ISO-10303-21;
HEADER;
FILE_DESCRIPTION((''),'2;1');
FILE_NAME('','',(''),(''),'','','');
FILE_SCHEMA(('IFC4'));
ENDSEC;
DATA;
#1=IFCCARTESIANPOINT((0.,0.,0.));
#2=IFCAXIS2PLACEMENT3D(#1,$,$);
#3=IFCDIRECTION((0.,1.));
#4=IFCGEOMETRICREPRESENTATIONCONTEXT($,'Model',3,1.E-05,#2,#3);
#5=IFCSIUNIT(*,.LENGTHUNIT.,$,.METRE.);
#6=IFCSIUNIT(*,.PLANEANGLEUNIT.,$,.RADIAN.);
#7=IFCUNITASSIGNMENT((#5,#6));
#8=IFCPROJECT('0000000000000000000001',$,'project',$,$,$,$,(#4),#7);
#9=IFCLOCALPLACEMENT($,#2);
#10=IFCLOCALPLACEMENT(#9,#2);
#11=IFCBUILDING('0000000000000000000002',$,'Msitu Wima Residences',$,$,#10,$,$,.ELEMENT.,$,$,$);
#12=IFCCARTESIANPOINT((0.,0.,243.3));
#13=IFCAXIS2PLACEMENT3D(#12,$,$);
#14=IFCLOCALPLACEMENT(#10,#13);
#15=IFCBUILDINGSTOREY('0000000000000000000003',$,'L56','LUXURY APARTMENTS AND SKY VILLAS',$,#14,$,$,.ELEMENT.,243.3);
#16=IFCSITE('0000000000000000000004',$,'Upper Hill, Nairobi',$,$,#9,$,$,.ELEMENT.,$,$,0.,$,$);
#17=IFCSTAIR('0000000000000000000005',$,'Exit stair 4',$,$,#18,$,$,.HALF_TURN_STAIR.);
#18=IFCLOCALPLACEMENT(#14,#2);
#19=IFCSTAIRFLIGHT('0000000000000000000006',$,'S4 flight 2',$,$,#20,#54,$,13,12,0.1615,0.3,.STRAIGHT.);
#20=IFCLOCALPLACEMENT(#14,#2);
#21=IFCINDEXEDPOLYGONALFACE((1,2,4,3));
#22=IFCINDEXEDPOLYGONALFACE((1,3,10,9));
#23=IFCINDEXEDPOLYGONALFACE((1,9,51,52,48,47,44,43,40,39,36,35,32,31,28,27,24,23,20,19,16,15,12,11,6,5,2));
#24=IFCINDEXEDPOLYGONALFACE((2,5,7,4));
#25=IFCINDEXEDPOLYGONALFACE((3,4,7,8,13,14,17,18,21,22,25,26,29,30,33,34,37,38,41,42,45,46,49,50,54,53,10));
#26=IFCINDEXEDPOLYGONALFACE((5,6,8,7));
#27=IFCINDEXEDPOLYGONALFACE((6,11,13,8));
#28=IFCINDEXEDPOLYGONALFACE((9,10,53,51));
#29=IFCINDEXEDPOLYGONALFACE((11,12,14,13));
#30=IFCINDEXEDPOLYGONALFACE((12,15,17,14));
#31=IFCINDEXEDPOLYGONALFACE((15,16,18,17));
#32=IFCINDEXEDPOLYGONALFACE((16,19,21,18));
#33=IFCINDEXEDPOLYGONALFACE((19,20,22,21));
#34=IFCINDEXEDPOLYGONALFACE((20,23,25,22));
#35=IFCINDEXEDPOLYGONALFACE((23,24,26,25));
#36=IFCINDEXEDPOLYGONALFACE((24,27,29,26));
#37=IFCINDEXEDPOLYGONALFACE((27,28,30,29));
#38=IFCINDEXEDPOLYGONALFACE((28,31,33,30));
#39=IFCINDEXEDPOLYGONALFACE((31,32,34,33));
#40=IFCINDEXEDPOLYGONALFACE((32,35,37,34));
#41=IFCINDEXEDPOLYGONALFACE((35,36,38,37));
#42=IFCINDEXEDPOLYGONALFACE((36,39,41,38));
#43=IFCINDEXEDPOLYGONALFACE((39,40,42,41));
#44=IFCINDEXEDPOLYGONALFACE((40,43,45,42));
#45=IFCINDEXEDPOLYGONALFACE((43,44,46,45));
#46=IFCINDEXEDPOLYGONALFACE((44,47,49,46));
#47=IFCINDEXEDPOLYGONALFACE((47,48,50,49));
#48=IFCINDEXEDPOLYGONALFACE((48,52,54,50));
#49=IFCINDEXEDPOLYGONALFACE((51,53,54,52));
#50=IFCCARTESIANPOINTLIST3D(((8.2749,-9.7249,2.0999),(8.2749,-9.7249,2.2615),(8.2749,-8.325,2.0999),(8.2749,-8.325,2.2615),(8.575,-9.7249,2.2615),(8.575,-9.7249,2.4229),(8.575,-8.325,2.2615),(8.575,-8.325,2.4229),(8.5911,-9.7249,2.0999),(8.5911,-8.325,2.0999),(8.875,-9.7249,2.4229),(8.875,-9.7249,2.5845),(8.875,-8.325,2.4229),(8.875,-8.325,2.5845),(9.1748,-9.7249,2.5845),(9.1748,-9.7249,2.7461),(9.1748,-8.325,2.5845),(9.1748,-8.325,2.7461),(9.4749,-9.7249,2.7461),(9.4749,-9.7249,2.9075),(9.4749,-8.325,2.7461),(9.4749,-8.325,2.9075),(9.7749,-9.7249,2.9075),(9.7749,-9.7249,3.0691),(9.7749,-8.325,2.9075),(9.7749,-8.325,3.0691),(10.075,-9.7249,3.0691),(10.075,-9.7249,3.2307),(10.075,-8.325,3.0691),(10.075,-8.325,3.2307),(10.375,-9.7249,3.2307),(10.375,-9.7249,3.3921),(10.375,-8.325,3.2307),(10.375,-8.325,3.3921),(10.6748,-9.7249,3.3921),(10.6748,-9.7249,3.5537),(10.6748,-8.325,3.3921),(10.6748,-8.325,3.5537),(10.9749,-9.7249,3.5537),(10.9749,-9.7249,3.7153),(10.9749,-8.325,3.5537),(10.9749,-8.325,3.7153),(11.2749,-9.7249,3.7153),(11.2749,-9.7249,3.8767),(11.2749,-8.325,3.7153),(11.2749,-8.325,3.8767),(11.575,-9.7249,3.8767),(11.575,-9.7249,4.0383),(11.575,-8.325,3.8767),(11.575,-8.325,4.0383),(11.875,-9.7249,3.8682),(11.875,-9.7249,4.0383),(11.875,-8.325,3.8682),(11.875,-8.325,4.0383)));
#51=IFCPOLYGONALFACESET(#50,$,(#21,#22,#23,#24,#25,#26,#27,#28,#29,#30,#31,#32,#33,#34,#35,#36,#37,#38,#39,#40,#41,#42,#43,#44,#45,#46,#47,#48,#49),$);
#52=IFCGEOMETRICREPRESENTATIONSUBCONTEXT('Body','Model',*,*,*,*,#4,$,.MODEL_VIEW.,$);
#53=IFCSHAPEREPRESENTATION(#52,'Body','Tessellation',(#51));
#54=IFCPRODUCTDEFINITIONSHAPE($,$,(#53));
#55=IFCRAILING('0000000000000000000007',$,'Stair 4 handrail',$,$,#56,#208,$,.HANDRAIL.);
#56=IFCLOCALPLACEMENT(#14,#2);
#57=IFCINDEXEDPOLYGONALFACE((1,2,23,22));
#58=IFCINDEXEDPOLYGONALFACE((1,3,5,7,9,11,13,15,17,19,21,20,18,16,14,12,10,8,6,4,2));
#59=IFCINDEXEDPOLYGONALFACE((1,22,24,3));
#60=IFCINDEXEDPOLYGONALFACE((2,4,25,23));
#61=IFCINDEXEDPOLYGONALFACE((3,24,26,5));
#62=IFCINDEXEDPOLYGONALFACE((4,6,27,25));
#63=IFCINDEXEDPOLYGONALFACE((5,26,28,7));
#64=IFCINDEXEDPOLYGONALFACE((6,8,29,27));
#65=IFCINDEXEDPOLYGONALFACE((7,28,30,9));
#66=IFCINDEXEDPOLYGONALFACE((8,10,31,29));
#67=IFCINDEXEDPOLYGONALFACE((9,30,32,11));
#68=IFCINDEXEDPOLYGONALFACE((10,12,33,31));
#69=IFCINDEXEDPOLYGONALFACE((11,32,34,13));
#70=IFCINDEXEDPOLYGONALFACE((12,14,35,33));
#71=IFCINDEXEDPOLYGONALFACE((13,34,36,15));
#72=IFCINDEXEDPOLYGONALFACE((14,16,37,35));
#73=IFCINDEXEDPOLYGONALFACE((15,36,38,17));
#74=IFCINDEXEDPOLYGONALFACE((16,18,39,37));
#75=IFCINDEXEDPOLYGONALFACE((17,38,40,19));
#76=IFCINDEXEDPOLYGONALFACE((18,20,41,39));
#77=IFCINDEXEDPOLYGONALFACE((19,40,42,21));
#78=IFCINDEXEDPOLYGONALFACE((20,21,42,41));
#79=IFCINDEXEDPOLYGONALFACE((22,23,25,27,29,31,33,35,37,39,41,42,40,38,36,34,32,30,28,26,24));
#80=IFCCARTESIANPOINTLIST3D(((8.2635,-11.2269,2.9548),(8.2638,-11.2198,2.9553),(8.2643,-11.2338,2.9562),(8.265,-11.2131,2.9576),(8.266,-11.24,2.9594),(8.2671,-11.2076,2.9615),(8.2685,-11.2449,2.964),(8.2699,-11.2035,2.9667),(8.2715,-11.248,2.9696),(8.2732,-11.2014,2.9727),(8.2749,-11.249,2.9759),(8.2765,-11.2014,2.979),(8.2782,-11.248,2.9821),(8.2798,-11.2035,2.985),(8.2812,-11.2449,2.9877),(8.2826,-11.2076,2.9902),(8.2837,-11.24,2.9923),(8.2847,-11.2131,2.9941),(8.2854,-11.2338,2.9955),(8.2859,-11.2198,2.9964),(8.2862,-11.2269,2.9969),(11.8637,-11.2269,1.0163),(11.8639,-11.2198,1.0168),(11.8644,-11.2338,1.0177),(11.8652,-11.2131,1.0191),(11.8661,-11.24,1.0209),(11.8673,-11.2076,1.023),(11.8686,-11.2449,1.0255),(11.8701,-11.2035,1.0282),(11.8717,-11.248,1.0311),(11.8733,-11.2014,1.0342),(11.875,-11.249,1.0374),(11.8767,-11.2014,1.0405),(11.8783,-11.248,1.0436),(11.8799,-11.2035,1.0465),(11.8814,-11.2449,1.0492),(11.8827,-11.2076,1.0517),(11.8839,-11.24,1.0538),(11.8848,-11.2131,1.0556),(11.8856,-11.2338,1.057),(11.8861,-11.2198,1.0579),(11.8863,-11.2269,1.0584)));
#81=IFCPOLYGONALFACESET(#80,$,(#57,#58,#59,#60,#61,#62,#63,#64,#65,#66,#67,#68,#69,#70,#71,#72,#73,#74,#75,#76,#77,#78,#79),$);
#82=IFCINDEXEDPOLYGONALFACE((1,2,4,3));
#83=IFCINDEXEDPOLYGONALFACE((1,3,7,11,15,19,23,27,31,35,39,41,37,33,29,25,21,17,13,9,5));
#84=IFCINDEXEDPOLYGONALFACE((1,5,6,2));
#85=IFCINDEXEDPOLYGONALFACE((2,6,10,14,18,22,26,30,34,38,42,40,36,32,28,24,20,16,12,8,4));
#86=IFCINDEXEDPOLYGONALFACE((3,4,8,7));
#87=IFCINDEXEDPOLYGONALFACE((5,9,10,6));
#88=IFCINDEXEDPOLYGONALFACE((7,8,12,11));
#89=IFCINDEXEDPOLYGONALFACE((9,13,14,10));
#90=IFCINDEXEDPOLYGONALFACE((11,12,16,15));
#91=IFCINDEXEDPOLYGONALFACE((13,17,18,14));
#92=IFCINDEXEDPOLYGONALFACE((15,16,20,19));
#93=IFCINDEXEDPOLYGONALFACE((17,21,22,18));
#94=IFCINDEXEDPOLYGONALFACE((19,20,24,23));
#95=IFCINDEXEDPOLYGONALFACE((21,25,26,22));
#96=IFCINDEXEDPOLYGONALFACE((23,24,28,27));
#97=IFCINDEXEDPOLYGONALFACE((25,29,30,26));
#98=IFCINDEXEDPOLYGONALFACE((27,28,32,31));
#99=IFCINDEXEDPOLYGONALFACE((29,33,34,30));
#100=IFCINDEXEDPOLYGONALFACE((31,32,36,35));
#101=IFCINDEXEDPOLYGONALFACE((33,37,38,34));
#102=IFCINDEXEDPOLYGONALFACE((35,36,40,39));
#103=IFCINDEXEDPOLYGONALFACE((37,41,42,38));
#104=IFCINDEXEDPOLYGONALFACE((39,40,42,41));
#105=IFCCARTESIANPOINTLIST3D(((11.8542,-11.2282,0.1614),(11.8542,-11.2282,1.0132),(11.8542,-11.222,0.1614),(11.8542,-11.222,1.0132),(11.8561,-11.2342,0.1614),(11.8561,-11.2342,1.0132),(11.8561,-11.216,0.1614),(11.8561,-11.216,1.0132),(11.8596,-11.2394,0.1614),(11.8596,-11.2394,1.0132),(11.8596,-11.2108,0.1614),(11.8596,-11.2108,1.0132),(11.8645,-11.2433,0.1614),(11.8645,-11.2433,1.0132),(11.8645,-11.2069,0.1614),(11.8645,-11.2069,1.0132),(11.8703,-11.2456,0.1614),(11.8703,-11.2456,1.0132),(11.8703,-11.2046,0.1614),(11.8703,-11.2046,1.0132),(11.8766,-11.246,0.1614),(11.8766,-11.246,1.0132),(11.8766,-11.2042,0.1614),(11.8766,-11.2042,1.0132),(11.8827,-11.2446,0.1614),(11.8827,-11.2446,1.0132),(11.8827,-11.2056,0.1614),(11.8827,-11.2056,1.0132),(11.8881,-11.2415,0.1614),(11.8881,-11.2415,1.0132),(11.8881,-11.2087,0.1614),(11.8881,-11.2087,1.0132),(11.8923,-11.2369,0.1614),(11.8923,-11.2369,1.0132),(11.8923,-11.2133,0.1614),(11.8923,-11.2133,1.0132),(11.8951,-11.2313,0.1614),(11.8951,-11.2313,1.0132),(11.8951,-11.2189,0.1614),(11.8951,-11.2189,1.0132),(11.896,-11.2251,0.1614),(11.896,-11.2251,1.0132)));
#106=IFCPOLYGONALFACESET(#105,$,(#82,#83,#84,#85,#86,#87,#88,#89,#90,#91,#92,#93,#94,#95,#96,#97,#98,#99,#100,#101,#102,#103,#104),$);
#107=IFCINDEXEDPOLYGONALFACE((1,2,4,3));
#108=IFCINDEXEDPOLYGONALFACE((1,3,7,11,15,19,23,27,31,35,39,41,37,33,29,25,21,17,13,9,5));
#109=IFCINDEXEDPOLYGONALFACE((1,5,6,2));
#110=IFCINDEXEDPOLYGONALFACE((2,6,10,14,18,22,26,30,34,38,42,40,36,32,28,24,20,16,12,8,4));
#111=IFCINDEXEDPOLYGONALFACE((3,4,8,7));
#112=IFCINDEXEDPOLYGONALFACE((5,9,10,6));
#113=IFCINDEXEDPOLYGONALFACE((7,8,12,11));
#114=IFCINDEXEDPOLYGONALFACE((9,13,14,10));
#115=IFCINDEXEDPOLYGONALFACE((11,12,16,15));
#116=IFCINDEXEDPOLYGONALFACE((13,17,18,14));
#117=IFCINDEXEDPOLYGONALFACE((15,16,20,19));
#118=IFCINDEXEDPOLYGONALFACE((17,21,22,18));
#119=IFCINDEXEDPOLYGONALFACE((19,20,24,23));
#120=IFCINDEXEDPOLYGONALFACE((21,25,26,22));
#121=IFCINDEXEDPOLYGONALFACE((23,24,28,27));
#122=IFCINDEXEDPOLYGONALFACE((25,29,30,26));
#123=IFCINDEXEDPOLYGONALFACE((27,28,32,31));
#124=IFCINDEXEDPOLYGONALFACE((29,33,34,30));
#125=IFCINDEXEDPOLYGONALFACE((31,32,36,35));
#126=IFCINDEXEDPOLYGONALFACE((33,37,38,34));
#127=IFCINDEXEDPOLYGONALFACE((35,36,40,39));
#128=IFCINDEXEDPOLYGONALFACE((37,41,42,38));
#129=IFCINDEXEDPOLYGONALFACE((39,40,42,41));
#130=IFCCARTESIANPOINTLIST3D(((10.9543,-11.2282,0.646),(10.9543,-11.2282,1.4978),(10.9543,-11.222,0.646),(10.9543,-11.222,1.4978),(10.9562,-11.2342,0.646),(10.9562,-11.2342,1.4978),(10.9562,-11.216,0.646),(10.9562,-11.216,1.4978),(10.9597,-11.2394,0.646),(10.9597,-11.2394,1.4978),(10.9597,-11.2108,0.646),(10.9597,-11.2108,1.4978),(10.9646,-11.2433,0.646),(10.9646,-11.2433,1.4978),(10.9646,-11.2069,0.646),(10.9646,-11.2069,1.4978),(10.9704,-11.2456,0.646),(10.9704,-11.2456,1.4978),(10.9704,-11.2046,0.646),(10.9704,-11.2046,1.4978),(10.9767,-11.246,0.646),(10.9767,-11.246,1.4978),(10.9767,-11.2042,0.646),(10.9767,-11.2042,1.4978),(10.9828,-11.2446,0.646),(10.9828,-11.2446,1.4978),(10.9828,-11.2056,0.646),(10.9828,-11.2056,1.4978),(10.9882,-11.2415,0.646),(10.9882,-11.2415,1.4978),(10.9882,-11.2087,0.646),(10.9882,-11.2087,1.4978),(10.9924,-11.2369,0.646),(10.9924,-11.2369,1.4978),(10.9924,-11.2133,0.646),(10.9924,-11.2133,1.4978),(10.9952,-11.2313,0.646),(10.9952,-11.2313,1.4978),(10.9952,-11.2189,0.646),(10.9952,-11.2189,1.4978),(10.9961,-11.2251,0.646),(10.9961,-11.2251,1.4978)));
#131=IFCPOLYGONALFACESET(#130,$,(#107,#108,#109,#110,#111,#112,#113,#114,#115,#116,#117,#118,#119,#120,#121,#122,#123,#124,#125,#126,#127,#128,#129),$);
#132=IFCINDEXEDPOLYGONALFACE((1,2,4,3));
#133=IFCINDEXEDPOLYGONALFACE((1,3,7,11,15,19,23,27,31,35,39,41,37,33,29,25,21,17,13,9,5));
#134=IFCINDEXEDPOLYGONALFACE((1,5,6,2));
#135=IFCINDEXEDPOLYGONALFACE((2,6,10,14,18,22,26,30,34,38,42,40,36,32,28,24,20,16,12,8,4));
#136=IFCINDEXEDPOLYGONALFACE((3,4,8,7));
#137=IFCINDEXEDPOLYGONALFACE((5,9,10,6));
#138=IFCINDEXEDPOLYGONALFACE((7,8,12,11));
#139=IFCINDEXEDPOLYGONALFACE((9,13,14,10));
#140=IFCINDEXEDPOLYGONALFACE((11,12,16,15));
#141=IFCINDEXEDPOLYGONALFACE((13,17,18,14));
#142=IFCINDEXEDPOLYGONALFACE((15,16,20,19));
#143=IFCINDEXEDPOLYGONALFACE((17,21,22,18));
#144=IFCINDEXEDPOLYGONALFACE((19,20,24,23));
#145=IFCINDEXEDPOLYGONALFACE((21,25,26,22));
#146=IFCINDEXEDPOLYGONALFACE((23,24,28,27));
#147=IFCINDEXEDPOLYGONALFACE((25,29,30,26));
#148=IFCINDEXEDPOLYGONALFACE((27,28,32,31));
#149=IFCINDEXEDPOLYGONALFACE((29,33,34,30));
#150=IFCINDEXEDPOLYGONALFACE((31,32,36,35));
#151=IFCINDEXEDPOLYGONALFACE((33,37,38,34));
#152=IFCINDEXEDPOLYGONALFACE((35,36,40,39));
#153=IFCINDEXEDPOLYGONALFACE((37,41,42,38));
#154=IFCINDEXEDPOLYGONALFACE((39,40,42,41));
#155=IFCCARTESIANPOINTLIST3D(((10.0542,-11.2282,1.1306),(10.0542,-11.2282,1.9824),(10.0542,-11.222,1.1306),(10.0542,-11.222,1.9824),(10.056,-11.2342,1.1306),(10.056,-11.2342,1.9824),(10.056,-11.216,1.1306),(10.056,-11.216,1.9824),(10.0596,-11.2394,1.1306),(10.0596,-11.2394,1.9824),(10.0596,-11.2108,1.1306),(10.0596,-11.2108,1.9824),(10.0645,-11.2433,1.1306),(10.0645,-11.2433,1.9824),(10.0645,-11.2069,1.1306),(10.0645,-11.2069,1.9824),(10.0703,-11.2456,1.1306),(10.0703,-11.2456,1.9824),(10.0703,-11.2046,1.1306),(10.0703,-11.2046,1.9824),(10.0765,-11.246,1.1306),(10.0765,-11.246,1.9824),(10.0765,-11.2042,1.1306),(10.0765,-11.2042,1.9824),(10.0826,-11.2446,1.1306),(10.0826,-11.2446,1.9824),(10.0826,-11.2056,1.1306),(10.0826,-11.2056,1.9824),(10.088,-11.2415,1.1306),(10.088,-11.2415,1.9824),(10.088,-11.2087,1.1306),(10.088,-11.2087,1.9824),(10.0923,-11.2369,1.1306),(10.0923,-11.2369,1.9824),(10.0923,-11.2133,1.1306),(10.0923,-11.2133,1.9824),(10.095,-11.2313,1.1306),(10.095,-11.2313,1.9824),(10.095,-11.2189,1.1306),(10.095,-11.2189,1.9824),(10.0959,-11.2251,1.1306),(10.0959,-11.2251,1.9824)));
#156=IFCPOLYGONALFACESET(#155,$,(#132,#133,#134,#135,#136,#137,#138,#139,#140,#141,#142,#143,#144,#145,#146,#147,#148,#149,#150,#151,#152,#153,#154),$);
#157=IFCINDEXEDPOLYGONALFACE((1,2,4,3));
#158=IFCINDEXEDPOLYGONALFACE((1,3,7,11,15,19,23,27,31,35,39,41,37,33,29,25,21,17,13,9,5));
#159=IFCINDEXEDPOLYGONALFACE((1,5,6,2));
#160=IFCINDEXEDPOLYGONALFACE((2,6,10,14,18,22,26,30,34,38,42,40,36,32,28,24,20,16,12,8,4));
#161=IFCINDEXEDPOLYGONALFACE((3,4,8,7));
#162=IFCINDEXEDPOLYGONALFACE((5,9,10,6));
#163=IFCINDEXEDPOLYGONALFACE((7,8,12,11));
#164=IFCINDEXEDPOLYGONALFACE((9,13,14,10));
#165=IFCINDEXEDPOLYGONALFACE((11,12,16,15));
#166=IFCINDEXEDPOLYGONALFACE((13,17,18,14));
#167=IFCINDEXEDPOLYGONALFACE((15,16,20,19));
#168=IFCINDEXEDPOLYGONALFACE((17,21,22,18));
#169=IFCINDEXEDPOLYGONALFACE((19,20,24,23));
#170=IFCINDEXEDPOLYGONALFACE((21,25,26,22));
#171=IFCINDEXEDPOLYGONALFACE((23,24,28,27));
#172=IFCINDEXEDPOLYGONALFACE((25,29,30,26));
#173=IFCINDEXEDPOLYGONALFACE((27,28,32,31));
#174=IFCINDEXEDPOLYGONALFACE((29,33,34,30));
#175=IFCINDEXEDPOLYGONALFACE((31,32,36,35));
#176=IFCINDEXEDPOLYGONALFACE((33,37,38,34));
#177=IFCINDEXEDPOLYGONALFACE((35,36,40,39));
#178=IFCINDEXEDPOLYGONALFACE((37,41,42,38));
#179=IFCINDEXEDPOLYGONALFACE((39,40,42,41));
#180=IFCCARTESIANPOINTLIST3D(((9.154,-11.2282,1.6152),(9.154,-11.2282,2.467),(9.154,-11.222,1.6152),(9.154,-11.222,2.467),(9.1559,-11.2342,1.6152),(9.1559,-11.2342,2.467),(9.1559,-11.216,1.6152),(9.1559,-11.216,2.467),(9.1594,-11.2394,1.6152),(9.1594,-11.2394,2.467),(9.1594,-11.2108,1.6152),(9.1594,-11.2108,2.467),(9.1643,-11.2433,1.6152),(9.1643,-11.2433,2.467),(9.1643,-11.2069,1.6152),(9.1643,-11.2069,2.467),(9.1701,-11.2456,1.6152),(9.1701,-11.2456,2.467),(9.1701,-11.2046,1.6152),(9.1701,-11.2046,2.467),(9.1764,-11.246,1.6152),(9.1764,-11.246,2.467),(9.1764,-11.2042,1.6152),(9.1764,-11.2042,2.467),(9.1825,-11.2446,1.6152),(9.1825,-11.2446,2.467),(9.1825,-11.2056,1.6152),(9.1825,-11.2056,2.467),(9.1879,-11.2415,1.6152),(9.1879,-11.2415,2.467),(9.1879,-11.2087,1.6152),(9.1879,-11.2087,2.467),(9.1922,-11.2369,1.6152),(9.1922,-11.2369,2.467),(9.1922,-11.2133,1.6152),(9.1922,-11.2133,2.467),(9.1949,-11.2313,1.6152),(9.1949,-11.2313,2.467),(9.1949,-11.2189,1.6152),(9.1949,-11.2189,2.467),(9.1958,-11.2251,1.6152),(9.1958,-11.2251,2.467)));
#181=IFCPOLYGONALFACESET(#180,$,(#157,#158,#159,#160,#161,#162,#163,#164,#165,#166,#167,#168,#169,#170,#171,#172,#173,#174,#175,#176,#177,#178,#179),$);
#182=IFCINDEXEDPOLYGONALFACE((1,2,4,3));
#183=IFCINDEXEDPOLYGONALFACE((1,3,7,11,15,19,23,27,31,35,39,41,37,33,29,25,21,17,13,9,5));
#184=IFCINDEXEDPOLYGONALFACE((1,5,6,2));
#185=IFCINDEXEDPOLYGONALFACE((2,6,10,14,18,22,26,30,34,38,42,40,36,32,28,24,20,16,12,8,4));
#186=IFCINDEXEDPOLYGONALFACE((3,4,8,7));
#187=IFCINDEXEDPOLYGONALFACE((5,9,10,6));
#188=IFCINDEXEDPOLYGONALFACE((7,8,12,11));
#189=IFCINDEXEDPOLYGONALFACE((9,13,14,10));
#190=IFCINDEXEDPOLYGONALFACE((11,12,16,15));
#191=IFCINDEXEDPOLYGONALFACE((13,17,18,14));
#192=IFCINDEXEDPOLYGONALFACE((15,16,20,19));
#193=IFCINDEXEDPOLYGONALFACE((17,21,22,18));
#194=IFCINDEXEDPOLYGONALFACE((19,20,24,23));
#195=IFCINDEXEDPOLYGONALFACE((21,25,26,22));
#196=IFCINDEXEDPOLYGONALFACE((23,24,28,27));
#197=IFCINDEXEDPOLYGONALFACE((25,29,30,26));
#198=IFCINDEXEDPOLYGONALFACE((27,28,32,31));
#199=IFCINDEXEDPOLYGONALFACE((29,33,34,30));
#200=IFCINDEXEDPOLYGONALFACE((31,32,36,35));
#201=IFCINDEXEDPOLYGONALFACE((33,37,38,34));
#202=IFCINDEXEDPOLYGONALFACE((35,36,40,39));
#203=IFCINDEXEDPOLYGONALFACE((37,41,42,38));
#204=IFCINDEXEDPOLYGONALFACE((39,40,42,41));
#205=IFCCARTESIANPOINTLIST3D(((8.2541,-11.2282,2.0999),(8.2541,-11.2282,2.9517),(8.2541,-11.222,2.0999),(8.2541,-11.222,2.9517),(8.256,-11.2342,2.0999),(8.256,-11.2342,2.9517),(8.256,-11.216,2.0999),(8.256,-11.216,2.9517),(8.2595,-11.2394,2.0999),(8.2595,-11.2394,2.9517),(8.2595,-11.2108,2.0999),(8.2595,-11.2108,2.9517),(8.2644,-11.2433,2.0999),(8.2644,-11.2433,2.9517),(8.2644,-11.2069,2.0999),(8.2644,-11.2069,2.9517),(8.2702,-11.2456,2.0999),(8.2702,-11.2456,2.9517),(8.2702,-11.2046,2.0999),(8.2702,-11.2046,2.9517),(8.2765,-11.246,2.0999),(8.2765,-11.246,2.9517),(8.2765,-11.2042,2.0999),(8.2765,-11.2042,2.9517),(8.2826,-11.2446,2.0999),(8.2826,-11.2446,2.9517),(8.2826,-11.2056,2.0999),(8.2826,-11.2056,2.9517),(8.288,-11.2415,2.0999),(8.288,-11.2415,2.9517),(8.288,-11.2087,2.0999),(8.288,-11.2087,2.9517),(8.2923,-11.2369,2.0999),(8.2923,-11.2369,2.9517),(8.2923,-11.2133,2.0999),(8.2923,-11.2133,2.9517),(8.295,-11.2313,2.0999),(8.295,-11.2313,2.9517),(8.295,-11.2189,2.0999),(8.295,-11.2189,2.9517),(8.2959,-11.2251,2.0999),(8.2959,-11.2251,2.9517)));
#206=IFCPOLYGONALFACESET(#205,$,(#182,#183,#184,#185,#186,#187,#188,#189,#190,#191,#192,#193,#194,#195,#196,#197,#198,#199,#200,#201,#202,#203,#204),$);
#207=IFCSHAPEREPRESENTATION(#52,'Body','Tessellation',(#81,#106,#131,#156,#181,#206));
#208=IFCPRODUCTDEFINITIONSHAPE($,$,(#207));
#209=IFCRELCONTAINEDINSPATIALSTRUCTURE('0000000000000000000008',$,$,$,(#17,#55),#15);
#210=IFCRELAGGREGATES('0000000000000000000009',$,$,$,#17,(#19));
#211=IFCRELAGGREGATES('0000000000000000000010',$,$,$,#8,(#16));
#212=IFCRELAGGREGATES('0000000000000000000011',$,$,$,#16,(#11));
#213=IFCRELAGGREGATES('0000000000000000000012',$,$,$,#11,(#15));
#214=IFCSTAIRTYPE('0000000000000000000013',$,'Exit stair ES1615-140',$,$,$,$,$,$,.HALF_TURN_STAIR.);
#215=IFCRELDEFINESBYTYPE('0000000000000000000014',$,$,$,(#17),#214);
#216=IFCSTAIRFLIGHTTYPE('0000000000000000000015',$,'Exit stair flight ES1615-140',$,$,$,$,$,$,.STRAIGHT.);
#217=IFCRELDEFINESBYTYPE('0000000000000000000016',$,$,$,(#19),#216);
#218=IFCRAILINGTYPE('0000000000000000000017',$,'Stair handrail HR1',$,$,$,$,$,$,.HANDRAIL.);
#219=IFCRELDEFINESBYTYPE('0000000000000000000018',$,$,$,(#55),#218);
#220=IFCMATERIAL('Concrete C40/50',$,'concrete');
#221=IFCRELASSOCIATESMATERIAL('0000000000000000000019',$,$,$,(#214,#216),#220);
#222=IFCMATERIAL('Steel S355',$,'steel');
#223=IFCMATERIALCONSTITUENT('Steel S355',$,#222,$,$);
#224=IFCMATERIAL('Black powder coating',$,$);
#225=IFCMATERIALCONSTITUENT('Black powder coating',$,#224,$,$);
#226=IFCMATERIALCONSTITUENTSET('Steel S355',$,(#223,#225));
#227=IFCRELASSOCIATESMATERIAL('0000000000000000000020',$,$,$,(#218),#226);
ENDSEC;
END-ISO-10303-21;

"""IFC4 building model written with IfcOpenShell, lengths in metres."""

from ifc_helpers import new_model, si_unit, direction, frame, origin, origin_2d, place, context, subcontext, project, spatial, polyline, circle, outline, extrude, material, constituent, constituent_set, type_object, element, aggregate, save


model = new_model("IFC4")

# Units and contexts
model_context = context("Model", 3, precision=1e-05, world=origin(), true_north=direction((0.0, 1.0)))
body_context = subcontext(model_context, "Body", "Model", "MODEL_VIEW")
ifc_project = project(units=[si_unit("LENGTHUNIT", "METRE"), si_unit("PLANEANGLEUNIT", "RADIAN")], contexts=[model_context])

# Site, building, storey
site_placement = place(None, origin())
site = spatial("IfcSite", under=ifc_project, at=site_placement, Name="Upper Hill, Nairobi", CompositionType="ELEMENT", RefElevation=0.0)
building_placement = place(site_placement, origin())
building = spatial("IfcBuilding", under=site, at=building_placement, Name="Msitu Wima Residences", CompositionType="ELEMENT")
storey_placement = place(building_placement, frame((0.0, 0.0, 243.3)))
storey = spatial("IfcBuildingStorey", under=building, at=storey_placement, Name="L56", Description="LUXURY APARTMENTS AND SKY VILLAS", CompositionType="ELEMENT", Elevation=243.3)

# Shared definitions
ifc_material_1 = material(Name="Concrete C40/50", Category="concrete")

# Stair, stair flight
stair_type = type_object("IfcStairType", Name="Exit stair ES1615-140", PredefinedType="HALF_TURN_STAIR", material=ifc_material_1)
stair_placement = place(storey_placement, origin())
stair = element("IfcStair", 1, at=stair_placement, inside=storey, type_object=stair_type, Name="Exit stair 4", PredefinedType="HALF_TURN_STAIR")
stair_flight_type = type_object("IfcStairFlightType", Name="Exit stair flight ES1615-140", PredefinedType="STRAIGHT", material=ifc_material_1)
stair_flight_1_placement = place(storey_placement, frame((8.2749, -9.0249, 2.0999), z_axis=(0.0, 0.0, 1.0), x_axis=(1.0, 0.0, 0.0)))
stair_flight_1 = element("IfcStairFlight", 2, at=stair_flight_1_placement, type_object=stair_flight_type, Name="S4 flight 2", NumberOfRisers=13, NumberOfTreads=12, PredefinedType="STRAIGHT", RiserHeight=0.1615, TreadLength=0.3, context=body_context, shape_type="SweptSolid", body=[
    extrude(outline(polyline([(0.0, 0.0), (0.0, 0.1616), (0.3, 0.1616), (0.3, 0.323), (0.6001, 0.323), (0.6001, 0.4846), (0.8999, 0.4846), (0.8999, 0.6462), (1.2, 0.6462), (1.2, 0.8076), (1.5, 0.8076), (1.5, 0.9692), (1.8, 0.9692), (1.8, 1.1309), (2.1001, 1.1309), (2.1001, 1.2922), (2.3999, 1.2922), (2.3999, 1.4539), (2.7, 1.4539), (2.7, 1.6155), (3.0, 1.6155), (3.0, 1.7769), (3.3, 1.7769), (3.3, 1.9385), (3.6001, 1.9385), (3.6001, 2.1001), (3.6001, 1.7683), (0.3162, 0.0), (0.0, 0.0)])), frame((0.0, 0.7, 0.0), z_axis=(0.0, -1.0, 0.0), x_axis=(1.0, 0.0, 0.0)), (0.0, 0.0, 1.0), 1.3999),
])
aggregate(stair, [stair_flight_1])

# Railing
ifc_material_2 = material(Name="Steel S355", Category="steel")
ifc_constituent_1 = constituent(ifc_material_2, Name="Steel S355")
ifc_material_3 = material(Name="Black powder coating")
ifc_constituent_2 = constituent(ifc_material_3, Name="Black powder coating")
ifc_constituent_set = constituent_set(constituents=[ifc_constituent_1, ifc_constituent_2], Name="Steel S355")
railing_type = type_object("IfcRailingType", Name="Stair handrail HR1", PredefinedType="HANDRAIL", material=ifc_constituent_set)
for number, where, name in (
    (3, (11.875, -11.2251, 0.1614), "Stair 4 handrail"),
):
    element("IfcRailing", number, at=place(storey_placement, frame(where)), inside=storey, type_object=railing_type, Name=name, PredefinedType="HANDRAIL", context=body_context, shape_type="SweptSolid", body=[
        extrude(circle(Radius=0.0239, at=origin_2d()), frame((0.0, 0.0, 0.876), z_axis=(-0.880475, 0.0, 0.474093), x_axis=(0.0, -1.0, 0.0)), (0.0, 0.0, 1.0), 4.0889),
        extrude(circle(Radius=0.021, at=origin_2d()), origin(), (0.0, 0.0, 1.0), 0.8518),
        extrude(circle(Radius=0.021, at=origin_2d()), frame((-0.8999, 0.0, 0.4846)), (0.0, 0.0, 1.0), 0.8518),
        extrude(circle(Radius=0.021, at=origin_2d()), frame((-1.8, 0.0, 0.9692)), (0.0, 0.0, 1.0), 0.8518),
        extrude(circle(Radius=0.021, at=origin_2d()), frame((-2.7002, 0.0, 1.4539)), (0.0, 0.0, 1.0), 0.8518),
        extrude(circle(Radius=0.021, at=origin_2d()), frame((-3.6001, 0.0, 1.9385)), (0.0, 0.0, 1.0), 0.8518),
    ])

save(model, "model.ifc")
